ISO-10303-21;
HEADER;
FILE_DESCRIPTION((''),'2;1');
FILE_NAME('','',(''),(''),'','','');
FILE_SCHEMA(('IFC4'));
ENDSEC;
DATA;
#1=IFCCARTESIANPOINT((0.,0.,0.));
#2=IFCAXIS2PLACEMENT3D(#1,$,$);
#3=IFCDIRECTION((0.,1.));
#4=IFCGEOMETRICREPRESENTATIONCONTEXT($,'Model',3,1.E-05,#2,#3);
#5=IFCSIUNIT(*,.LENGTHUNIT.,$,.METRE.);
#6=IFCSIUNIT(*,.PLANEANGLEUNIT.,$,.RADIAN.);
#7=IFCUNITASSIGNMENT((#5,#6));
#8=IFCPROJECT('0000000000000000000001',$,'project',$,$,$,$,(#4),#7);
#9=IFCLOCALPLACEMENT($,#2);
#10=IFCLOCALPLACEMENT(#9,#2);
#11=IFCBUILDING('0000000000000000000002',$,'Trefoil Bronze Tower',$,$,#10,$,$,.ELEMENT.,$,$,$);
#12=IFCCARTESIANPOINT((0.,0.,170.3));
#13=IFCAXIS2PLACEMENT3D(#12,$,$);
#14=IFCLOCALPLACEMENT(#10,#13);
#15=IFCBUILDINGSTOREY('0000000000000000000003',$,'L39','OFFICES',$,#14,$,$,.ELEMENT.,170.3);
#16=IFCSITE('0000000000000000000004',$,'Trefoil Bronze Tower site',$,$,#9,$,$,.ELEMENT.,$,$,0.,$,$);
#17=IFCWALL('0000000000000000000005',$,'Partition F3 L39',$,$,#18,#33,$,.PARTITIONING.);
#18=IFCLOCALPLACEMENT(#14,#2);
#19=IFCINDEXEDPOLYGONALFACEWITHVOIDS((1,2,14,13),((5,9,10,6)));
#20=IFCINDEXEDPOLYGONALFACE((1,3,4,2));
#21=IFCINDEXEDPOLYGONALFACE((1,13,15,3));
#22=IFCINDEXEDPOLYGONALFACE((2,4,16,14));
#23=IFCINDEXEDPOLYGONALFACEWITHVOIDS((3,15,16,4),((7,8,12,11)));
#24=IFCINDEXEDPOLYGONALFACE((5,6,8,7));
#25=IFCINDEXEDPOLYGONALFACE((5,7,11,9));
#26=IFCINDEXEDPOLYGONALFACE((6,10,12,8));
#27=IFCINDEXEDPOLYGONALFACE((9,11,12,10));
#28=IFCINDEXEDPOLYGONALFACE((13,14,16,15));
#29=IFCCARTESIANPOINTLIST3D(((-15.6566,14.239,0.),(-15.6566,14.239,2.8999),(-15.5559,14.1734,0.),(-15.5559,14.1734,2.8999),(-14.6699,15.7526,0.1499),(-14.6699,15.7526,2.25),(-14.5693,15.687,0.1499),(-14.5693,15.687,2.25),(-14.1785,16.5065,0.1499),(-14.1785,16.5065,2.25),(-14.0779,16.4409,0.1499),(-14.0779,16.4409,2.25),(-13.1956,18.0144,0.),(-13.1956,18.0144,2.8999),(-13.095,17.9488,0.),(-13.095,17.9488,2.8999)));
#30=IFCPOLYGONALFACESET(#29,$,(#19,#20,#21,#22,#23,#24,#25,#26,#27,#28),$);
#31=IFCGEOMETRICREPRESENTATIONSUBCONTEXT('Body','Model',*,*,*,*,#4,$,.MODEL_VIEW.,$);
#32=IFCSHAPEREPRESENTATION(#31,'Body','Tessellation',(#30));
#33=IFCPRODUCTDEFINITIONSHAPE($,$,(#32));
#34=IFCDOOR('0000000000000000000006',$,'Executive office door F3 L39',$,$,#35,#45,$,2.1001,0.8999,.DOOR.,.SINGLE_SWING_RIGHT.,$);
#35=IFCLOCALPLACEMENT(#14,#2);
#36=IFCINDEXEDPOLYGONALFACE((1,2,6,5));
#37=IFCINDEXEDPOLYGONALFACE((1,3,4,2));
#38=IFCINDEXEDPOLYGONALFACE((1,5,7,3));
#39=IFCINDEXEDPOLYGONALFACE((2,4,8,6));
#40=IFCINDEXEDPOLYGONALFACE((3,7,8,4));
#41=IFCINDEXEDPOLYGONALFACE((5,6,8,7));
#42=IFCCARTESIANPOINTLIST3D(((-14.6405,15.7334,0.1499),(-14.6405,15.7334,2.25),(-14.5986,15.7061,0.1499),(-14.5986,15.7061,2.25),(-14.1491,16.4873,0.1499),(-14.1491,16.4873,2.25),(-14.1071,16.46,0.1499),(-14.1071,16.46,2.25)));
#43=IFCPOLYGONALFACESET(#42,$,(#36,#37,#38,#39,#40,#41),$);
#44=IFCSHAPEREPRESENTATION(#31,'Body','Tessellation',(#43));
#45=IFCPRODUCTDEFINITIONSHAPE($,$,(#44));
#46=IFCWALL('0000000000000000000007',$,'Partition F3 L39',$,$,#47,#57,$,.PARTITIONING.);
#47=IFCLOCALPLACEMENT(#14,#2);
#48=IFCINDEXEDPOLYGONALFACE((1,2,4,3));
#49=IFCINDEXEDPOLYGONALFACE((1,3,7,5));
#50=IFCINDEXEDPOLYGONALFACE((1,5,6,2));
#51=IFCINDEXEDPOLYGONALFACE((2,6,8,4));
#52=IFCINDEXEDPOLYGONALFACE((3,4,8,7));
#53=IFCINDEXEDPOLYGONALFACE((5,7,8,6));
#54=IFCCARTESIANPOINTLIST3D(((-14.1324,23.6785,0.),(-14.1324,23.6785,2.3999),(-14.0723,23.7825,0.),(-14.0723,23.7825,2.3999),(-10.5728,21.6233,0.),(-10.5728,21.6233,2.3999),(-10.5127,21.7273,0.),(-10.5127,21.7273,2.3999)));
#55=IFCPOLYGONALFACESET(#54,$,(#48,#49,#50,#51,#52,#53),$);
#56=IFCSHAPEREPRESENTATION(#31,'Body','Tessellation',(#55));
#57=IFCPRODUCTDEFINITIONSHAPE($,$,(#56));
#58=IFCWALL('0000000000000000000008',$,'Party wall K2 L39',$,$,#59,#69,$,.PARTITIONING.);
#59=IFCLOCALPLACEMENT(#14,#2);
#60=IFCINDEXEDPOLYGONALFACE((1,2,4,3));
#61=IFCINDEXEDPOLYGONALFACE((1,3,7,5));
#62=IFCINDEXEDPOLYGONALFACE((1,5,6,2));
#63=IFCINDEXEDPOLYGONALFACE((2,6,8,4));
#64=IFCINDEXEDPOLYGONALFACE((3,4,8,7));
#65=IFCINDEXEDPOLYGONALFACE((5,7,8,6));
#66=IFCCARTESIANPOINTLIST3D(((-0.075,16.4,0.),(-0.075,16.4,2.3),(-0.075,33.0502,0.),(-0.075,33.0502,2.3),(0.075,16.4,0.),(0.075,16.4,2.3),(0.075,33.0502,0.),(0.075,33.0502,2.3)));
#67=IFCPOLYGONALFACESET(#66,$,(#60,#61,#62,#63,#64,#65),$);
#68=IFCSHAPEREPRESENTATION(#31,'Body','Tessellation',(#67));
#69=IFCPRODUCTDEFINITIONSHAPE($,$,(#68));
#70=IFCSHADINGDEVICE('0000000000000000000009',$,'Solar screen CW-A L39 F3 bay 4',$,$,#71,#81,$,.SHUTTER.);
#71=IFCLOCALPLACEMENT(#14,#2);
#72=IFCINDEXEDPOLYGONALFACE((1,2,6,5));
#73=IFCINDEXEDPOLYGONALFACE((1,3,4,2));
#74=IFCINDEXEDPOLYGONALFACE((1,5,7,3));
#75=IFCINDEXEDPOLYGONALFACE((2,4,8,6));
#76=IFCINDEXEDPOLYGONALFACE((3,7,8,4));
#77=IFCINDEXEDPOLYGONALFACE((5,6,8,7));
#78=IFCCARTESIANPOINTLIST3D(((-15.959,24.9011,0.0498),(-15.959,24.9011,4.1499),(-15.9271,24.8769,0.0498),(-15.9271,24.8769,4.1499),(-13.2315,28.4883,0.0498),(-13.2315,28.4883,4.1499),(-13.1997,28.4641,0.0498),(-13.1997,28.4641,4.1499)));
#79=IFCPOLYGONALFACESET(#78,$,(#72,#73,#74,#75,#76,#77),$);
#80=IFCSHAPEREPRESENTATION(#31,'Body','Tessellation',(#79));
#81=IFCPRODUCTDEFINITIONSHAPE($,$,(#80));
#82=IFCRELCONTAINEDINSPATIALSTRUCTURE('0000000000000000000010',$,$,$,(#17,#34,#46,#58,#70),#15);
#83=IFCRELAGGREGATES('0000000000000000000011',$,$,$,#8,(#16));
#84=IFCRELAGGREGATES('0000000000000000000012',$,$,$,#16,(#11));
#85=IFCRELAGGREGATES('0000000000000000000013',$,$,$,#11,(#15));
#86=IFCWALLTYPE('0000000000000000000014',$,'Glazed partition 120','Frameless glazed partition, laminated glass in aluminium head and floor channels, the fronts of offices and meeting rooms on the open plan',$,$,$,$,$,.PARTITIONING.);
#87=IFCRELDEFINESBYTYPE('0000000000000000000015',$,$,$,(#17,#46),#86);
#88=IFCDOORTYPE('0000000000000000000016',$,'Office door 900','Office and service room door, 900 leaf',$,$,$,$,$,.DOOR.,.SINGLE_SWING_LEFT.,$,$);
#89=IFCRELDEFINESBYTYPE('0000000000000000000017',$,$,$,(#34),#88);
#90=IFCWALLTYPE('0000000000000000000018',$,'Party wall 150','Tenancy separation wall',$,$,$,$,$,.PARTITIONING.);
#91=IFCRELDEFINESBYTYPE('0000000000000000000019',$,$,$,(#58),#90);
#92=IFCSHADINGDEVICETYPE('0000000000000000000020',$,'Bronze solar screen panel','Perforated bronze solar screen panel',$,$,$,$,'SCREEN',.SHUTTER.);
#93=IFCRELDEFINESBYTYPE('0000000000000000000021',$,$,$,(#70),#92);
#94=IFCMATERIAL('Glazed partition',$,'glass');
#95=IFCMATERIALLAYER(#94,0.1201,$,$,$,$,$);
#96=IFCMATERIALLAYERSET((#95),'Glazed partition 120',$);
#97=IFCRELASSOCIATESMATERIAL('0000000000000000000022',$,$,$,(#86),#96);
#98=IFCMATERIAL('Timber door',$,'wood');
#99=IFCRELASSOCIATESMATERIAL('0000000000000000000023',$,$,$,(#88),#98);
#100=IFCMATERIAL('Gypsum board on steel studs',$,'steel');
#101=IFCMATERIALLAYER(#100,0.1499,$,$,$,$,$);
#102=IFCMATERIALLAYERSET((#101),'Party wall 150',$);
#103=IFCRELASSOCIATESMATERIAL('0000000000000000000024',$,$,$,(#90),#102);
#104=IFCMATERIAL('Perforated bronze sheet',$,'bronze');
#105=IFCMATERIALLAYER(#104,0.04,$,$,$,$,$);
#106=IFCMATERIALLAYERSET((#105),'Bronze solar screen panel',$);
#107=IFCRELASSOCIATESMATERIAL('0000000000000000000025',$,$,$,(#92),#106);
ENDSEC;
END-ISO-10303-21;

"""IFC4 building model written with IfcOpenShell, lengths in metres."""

from ifc_helpers import new_model, si_unit, direction, frame, frame_2d, origin, origin_2d, place, context, subcontext, project, spatial, rectangle, extrude, material, layer, layer_set, type_object, element, fill, save


model = new_model("IFC4")

# Units and contexts
model_context = context("Model", 3, precision=1e-05, world=origin(), true_north=direction((0.0, 1.0)))
body_context = subcontext(model_context, "Body", "Model", "MODEL_VIEW")
ifc_project = project(units=[si_unit("LENGTHUNIT", "METRE"), si_unit("PLANEANGLEUNIT", "RADIAN")], contexts=[model_context])

# Site, building, storey
site_placement = place(None, origin())
site = spatial("IfcSite", under=ifc_project, at=site_placement, Name="Trefoil Bronze Tower site", CompositionType="ELEMENT", RefElevation=0.0)
building_placement = place(site_placement, origin())
building = spatial("IfcBuilding", under=site, at=building_placement, Name="Trefoil Bronze Tower", CompositionType="ELEMENT")
storey_placement = place(building_placement, frame((0.0, 0.0, 170.3)))
storey = spatial("IfcBuildingStorey", under=building, at=storey_placement, Name="L39", Description="OFFICES", CompositionType="ELEMENT", Elevation=170.3)

# Shared definitions
ifc_material_1 = material(Name="Glazed partition", Category="glass")
ifc_layer_1 = layer(ifc_material_1, 0.1201)
ifc_layer_set_1 = layer_set([ifc_layer_1], Name="Glazed partition 120")
wall_type_1 = type_object("IfcWallType", Name="Glazed partition 120", Description="Frameless glazed partition, laminated glass in aluminium head and floor channels, the fronts of offices and meeting rooms on the open plan", PredefinedType="PARTITIONING", material=ifc_layer_set_1)

# Wall, opening, door
ifc_material_2 = material(Name="Timber door", Category="wood")
door_type_1 = type_object("IfcDoorType", Name="Office door 900", Description="Office and service room door, 900 leaf", OperationType="SINGLE_SWING_LEFT", PredefinedType="DOOR", material=ifc_material_2)
wall_1_placement = place(storey_placement, frame((-13.1453, 17.9817, 0.0), z_axis=(0.0, 0.0, 1.0), x_axis=(-0.546069, -0.83774, 0.0)))
wall_1 = element("IfcWall", 1, at=wall_1_placement, inside=storey, type_object=wall_type_1, Name="Partition F3 L39", PredefinedType="PARTITIONING", context=body_context, shape_type="SweptSolid", body=[
    extrude(rectangle(XDim=4.5066, YDim=0.1201, at=frame_2d((2.2534, 0.0))), origin(), (0.0, 0.0, 1.0), 2.8999),
])
opening_1_placement = place(wall_1_placement, frame((1.8, 0.0, 0.1499)))
opening_1 = element("IfcOpeningElement", 2, at=opening_1_placement, cuts=wall_1, PredefinedType="OPENING", context=body_context, shape_type="SweptSolid", body=[
    extrude(rectangle(XDim=0.8999, YDim=2.1001, at=frame_2d((0.45, 1.05))), frame((0.0, 0.0701, 0.0), z_axis=(0.0, -1.0, 0.0), x_axis=(1.0, 0.0, 0.0)), (0.0, 0.0, 1.0), 0.1401),
])
door_1_placement = place(opening_1_placement, frame((0.8999, 0.0, 0.0), z_axis=(0.0, 0.0, 1.0), x_axis=(-1.0, 0.0, 0.0)))
door_1 = element("IfcDoor", 3, at=door_1_placement, inside=storey, type_object=door_type_1, Name="Executive office door F3 L39", OperationType="SINGLE_SWING_RIGHT", OverallHeight=2.1001, OverallWidth=0.8999, PredefinedType="DOOR", context=body_context, shape_type="SweptSolid", body=[
    extrude(rectangle(XDim=0.8999, YDim=2.1001, at=frame_2d((0.45, 1.05))), frame((0.0, 0.0249, 0.0), z_axis=(0.0, -1.0, 0.0), x_axis=(1.0, 0.0, 0.0)), (0.0, 0.0, 1.0), 0.05),
])
fill(opening_1, door_1)

# Walls
wall_2_placement = place(storey_placement, frame((-10.5427, 21.6753, 0.0), z_axis=(0.0, 0.0, 1.0), x_axis=(-0.866019, 0.50001, 0.0)))
element("IfcWall", 4, at=wall_2_placement, inside=storey, type_object=wall_type_1, Name="Partition F3 L39", PredefinedType="PARTITIONING", context=body_context, shape_type="SweptSolid", body=[
    extrude(rectangle(XDim=4.1104, YDim=0.1201, at=frame_2d((2.0552, 0.0))), origin(), (0.0, 0.0, 1.0), 2.3999),
])
ifc_material_3 = material(Name="Gypsum board on steel studs", Category="steel")
ifc_layer_2 = layer(ifc_material_3, 0.1499)
ifc_layer_set_2 = layer_set([ifc_layer_2], Name="Party wall 150")
wall_type_2 = type_object("IfcWallType", Name="Party wall 150", Description="Tenancy separation wall", PredefinedType="PARTITIONING", material=ifc_layer_set_2)
wall_3_placement = place(storey_placement, frame((0.0, 16.3999, 0.0), z_axis=(0.0, 0.0, 1.0), x_axis=(0.0, 1.0, 0.0)))
element("IfcWall", 5, at=wall_3_placement, inside=storey, type_object=wall_type_2, Name="Party wall K2 L39", PredefinedType="PARTITIONING", context=body_context, shape_type="SweptSolid", body=[
    extrude(rectangle(XDim=16.6501, YDim=0.1499, at=frame_2d((8.3252, 0.0))), origin(), (0.0, 0.0, 1.0), 2.3),
])

# Shading device
ifc_material_4 = material(Name="Perforated bronze sheet", Category="bronze")
ifc_layer_3 = layer(ifc_material_4, 0.04)
ifc_layer_set_3 = layer_set([ifc_layer_3], Name="Bronze solar screen panel")
shading_device_type = type_object("IfcShadingDeviceType", Name="Bronze solar screen panel", Description="Perforated bronze solar screen panel", ElementType="SCREEN", PredefinedType="SHUTTER", material=ifc_layer_set_3)
shading_device_placement = place(storey_placement, frame((-14.5793, 26.6826, 0.0498), z_axis=(0.0, 0.0, 1.0), x_axis=(-0.605252, -0.796034, 0.0)))
element("IfcShadingDevice", 6, at=shading_device_placement, inside=storey, type_object=shading_device_type, Name="Solar screen CW-A L39 F3 bay 4", PredefinedType="SHUTTER", context=body_context, shape_type="SweptSolid", body=[
    extrude(rectangle(XDim=4.5063, YDim=0.04, at=origin_2d()), origin(), (0.0, 0.0, 1.0), 4.1001),
])

save(model, "model.ifc")
